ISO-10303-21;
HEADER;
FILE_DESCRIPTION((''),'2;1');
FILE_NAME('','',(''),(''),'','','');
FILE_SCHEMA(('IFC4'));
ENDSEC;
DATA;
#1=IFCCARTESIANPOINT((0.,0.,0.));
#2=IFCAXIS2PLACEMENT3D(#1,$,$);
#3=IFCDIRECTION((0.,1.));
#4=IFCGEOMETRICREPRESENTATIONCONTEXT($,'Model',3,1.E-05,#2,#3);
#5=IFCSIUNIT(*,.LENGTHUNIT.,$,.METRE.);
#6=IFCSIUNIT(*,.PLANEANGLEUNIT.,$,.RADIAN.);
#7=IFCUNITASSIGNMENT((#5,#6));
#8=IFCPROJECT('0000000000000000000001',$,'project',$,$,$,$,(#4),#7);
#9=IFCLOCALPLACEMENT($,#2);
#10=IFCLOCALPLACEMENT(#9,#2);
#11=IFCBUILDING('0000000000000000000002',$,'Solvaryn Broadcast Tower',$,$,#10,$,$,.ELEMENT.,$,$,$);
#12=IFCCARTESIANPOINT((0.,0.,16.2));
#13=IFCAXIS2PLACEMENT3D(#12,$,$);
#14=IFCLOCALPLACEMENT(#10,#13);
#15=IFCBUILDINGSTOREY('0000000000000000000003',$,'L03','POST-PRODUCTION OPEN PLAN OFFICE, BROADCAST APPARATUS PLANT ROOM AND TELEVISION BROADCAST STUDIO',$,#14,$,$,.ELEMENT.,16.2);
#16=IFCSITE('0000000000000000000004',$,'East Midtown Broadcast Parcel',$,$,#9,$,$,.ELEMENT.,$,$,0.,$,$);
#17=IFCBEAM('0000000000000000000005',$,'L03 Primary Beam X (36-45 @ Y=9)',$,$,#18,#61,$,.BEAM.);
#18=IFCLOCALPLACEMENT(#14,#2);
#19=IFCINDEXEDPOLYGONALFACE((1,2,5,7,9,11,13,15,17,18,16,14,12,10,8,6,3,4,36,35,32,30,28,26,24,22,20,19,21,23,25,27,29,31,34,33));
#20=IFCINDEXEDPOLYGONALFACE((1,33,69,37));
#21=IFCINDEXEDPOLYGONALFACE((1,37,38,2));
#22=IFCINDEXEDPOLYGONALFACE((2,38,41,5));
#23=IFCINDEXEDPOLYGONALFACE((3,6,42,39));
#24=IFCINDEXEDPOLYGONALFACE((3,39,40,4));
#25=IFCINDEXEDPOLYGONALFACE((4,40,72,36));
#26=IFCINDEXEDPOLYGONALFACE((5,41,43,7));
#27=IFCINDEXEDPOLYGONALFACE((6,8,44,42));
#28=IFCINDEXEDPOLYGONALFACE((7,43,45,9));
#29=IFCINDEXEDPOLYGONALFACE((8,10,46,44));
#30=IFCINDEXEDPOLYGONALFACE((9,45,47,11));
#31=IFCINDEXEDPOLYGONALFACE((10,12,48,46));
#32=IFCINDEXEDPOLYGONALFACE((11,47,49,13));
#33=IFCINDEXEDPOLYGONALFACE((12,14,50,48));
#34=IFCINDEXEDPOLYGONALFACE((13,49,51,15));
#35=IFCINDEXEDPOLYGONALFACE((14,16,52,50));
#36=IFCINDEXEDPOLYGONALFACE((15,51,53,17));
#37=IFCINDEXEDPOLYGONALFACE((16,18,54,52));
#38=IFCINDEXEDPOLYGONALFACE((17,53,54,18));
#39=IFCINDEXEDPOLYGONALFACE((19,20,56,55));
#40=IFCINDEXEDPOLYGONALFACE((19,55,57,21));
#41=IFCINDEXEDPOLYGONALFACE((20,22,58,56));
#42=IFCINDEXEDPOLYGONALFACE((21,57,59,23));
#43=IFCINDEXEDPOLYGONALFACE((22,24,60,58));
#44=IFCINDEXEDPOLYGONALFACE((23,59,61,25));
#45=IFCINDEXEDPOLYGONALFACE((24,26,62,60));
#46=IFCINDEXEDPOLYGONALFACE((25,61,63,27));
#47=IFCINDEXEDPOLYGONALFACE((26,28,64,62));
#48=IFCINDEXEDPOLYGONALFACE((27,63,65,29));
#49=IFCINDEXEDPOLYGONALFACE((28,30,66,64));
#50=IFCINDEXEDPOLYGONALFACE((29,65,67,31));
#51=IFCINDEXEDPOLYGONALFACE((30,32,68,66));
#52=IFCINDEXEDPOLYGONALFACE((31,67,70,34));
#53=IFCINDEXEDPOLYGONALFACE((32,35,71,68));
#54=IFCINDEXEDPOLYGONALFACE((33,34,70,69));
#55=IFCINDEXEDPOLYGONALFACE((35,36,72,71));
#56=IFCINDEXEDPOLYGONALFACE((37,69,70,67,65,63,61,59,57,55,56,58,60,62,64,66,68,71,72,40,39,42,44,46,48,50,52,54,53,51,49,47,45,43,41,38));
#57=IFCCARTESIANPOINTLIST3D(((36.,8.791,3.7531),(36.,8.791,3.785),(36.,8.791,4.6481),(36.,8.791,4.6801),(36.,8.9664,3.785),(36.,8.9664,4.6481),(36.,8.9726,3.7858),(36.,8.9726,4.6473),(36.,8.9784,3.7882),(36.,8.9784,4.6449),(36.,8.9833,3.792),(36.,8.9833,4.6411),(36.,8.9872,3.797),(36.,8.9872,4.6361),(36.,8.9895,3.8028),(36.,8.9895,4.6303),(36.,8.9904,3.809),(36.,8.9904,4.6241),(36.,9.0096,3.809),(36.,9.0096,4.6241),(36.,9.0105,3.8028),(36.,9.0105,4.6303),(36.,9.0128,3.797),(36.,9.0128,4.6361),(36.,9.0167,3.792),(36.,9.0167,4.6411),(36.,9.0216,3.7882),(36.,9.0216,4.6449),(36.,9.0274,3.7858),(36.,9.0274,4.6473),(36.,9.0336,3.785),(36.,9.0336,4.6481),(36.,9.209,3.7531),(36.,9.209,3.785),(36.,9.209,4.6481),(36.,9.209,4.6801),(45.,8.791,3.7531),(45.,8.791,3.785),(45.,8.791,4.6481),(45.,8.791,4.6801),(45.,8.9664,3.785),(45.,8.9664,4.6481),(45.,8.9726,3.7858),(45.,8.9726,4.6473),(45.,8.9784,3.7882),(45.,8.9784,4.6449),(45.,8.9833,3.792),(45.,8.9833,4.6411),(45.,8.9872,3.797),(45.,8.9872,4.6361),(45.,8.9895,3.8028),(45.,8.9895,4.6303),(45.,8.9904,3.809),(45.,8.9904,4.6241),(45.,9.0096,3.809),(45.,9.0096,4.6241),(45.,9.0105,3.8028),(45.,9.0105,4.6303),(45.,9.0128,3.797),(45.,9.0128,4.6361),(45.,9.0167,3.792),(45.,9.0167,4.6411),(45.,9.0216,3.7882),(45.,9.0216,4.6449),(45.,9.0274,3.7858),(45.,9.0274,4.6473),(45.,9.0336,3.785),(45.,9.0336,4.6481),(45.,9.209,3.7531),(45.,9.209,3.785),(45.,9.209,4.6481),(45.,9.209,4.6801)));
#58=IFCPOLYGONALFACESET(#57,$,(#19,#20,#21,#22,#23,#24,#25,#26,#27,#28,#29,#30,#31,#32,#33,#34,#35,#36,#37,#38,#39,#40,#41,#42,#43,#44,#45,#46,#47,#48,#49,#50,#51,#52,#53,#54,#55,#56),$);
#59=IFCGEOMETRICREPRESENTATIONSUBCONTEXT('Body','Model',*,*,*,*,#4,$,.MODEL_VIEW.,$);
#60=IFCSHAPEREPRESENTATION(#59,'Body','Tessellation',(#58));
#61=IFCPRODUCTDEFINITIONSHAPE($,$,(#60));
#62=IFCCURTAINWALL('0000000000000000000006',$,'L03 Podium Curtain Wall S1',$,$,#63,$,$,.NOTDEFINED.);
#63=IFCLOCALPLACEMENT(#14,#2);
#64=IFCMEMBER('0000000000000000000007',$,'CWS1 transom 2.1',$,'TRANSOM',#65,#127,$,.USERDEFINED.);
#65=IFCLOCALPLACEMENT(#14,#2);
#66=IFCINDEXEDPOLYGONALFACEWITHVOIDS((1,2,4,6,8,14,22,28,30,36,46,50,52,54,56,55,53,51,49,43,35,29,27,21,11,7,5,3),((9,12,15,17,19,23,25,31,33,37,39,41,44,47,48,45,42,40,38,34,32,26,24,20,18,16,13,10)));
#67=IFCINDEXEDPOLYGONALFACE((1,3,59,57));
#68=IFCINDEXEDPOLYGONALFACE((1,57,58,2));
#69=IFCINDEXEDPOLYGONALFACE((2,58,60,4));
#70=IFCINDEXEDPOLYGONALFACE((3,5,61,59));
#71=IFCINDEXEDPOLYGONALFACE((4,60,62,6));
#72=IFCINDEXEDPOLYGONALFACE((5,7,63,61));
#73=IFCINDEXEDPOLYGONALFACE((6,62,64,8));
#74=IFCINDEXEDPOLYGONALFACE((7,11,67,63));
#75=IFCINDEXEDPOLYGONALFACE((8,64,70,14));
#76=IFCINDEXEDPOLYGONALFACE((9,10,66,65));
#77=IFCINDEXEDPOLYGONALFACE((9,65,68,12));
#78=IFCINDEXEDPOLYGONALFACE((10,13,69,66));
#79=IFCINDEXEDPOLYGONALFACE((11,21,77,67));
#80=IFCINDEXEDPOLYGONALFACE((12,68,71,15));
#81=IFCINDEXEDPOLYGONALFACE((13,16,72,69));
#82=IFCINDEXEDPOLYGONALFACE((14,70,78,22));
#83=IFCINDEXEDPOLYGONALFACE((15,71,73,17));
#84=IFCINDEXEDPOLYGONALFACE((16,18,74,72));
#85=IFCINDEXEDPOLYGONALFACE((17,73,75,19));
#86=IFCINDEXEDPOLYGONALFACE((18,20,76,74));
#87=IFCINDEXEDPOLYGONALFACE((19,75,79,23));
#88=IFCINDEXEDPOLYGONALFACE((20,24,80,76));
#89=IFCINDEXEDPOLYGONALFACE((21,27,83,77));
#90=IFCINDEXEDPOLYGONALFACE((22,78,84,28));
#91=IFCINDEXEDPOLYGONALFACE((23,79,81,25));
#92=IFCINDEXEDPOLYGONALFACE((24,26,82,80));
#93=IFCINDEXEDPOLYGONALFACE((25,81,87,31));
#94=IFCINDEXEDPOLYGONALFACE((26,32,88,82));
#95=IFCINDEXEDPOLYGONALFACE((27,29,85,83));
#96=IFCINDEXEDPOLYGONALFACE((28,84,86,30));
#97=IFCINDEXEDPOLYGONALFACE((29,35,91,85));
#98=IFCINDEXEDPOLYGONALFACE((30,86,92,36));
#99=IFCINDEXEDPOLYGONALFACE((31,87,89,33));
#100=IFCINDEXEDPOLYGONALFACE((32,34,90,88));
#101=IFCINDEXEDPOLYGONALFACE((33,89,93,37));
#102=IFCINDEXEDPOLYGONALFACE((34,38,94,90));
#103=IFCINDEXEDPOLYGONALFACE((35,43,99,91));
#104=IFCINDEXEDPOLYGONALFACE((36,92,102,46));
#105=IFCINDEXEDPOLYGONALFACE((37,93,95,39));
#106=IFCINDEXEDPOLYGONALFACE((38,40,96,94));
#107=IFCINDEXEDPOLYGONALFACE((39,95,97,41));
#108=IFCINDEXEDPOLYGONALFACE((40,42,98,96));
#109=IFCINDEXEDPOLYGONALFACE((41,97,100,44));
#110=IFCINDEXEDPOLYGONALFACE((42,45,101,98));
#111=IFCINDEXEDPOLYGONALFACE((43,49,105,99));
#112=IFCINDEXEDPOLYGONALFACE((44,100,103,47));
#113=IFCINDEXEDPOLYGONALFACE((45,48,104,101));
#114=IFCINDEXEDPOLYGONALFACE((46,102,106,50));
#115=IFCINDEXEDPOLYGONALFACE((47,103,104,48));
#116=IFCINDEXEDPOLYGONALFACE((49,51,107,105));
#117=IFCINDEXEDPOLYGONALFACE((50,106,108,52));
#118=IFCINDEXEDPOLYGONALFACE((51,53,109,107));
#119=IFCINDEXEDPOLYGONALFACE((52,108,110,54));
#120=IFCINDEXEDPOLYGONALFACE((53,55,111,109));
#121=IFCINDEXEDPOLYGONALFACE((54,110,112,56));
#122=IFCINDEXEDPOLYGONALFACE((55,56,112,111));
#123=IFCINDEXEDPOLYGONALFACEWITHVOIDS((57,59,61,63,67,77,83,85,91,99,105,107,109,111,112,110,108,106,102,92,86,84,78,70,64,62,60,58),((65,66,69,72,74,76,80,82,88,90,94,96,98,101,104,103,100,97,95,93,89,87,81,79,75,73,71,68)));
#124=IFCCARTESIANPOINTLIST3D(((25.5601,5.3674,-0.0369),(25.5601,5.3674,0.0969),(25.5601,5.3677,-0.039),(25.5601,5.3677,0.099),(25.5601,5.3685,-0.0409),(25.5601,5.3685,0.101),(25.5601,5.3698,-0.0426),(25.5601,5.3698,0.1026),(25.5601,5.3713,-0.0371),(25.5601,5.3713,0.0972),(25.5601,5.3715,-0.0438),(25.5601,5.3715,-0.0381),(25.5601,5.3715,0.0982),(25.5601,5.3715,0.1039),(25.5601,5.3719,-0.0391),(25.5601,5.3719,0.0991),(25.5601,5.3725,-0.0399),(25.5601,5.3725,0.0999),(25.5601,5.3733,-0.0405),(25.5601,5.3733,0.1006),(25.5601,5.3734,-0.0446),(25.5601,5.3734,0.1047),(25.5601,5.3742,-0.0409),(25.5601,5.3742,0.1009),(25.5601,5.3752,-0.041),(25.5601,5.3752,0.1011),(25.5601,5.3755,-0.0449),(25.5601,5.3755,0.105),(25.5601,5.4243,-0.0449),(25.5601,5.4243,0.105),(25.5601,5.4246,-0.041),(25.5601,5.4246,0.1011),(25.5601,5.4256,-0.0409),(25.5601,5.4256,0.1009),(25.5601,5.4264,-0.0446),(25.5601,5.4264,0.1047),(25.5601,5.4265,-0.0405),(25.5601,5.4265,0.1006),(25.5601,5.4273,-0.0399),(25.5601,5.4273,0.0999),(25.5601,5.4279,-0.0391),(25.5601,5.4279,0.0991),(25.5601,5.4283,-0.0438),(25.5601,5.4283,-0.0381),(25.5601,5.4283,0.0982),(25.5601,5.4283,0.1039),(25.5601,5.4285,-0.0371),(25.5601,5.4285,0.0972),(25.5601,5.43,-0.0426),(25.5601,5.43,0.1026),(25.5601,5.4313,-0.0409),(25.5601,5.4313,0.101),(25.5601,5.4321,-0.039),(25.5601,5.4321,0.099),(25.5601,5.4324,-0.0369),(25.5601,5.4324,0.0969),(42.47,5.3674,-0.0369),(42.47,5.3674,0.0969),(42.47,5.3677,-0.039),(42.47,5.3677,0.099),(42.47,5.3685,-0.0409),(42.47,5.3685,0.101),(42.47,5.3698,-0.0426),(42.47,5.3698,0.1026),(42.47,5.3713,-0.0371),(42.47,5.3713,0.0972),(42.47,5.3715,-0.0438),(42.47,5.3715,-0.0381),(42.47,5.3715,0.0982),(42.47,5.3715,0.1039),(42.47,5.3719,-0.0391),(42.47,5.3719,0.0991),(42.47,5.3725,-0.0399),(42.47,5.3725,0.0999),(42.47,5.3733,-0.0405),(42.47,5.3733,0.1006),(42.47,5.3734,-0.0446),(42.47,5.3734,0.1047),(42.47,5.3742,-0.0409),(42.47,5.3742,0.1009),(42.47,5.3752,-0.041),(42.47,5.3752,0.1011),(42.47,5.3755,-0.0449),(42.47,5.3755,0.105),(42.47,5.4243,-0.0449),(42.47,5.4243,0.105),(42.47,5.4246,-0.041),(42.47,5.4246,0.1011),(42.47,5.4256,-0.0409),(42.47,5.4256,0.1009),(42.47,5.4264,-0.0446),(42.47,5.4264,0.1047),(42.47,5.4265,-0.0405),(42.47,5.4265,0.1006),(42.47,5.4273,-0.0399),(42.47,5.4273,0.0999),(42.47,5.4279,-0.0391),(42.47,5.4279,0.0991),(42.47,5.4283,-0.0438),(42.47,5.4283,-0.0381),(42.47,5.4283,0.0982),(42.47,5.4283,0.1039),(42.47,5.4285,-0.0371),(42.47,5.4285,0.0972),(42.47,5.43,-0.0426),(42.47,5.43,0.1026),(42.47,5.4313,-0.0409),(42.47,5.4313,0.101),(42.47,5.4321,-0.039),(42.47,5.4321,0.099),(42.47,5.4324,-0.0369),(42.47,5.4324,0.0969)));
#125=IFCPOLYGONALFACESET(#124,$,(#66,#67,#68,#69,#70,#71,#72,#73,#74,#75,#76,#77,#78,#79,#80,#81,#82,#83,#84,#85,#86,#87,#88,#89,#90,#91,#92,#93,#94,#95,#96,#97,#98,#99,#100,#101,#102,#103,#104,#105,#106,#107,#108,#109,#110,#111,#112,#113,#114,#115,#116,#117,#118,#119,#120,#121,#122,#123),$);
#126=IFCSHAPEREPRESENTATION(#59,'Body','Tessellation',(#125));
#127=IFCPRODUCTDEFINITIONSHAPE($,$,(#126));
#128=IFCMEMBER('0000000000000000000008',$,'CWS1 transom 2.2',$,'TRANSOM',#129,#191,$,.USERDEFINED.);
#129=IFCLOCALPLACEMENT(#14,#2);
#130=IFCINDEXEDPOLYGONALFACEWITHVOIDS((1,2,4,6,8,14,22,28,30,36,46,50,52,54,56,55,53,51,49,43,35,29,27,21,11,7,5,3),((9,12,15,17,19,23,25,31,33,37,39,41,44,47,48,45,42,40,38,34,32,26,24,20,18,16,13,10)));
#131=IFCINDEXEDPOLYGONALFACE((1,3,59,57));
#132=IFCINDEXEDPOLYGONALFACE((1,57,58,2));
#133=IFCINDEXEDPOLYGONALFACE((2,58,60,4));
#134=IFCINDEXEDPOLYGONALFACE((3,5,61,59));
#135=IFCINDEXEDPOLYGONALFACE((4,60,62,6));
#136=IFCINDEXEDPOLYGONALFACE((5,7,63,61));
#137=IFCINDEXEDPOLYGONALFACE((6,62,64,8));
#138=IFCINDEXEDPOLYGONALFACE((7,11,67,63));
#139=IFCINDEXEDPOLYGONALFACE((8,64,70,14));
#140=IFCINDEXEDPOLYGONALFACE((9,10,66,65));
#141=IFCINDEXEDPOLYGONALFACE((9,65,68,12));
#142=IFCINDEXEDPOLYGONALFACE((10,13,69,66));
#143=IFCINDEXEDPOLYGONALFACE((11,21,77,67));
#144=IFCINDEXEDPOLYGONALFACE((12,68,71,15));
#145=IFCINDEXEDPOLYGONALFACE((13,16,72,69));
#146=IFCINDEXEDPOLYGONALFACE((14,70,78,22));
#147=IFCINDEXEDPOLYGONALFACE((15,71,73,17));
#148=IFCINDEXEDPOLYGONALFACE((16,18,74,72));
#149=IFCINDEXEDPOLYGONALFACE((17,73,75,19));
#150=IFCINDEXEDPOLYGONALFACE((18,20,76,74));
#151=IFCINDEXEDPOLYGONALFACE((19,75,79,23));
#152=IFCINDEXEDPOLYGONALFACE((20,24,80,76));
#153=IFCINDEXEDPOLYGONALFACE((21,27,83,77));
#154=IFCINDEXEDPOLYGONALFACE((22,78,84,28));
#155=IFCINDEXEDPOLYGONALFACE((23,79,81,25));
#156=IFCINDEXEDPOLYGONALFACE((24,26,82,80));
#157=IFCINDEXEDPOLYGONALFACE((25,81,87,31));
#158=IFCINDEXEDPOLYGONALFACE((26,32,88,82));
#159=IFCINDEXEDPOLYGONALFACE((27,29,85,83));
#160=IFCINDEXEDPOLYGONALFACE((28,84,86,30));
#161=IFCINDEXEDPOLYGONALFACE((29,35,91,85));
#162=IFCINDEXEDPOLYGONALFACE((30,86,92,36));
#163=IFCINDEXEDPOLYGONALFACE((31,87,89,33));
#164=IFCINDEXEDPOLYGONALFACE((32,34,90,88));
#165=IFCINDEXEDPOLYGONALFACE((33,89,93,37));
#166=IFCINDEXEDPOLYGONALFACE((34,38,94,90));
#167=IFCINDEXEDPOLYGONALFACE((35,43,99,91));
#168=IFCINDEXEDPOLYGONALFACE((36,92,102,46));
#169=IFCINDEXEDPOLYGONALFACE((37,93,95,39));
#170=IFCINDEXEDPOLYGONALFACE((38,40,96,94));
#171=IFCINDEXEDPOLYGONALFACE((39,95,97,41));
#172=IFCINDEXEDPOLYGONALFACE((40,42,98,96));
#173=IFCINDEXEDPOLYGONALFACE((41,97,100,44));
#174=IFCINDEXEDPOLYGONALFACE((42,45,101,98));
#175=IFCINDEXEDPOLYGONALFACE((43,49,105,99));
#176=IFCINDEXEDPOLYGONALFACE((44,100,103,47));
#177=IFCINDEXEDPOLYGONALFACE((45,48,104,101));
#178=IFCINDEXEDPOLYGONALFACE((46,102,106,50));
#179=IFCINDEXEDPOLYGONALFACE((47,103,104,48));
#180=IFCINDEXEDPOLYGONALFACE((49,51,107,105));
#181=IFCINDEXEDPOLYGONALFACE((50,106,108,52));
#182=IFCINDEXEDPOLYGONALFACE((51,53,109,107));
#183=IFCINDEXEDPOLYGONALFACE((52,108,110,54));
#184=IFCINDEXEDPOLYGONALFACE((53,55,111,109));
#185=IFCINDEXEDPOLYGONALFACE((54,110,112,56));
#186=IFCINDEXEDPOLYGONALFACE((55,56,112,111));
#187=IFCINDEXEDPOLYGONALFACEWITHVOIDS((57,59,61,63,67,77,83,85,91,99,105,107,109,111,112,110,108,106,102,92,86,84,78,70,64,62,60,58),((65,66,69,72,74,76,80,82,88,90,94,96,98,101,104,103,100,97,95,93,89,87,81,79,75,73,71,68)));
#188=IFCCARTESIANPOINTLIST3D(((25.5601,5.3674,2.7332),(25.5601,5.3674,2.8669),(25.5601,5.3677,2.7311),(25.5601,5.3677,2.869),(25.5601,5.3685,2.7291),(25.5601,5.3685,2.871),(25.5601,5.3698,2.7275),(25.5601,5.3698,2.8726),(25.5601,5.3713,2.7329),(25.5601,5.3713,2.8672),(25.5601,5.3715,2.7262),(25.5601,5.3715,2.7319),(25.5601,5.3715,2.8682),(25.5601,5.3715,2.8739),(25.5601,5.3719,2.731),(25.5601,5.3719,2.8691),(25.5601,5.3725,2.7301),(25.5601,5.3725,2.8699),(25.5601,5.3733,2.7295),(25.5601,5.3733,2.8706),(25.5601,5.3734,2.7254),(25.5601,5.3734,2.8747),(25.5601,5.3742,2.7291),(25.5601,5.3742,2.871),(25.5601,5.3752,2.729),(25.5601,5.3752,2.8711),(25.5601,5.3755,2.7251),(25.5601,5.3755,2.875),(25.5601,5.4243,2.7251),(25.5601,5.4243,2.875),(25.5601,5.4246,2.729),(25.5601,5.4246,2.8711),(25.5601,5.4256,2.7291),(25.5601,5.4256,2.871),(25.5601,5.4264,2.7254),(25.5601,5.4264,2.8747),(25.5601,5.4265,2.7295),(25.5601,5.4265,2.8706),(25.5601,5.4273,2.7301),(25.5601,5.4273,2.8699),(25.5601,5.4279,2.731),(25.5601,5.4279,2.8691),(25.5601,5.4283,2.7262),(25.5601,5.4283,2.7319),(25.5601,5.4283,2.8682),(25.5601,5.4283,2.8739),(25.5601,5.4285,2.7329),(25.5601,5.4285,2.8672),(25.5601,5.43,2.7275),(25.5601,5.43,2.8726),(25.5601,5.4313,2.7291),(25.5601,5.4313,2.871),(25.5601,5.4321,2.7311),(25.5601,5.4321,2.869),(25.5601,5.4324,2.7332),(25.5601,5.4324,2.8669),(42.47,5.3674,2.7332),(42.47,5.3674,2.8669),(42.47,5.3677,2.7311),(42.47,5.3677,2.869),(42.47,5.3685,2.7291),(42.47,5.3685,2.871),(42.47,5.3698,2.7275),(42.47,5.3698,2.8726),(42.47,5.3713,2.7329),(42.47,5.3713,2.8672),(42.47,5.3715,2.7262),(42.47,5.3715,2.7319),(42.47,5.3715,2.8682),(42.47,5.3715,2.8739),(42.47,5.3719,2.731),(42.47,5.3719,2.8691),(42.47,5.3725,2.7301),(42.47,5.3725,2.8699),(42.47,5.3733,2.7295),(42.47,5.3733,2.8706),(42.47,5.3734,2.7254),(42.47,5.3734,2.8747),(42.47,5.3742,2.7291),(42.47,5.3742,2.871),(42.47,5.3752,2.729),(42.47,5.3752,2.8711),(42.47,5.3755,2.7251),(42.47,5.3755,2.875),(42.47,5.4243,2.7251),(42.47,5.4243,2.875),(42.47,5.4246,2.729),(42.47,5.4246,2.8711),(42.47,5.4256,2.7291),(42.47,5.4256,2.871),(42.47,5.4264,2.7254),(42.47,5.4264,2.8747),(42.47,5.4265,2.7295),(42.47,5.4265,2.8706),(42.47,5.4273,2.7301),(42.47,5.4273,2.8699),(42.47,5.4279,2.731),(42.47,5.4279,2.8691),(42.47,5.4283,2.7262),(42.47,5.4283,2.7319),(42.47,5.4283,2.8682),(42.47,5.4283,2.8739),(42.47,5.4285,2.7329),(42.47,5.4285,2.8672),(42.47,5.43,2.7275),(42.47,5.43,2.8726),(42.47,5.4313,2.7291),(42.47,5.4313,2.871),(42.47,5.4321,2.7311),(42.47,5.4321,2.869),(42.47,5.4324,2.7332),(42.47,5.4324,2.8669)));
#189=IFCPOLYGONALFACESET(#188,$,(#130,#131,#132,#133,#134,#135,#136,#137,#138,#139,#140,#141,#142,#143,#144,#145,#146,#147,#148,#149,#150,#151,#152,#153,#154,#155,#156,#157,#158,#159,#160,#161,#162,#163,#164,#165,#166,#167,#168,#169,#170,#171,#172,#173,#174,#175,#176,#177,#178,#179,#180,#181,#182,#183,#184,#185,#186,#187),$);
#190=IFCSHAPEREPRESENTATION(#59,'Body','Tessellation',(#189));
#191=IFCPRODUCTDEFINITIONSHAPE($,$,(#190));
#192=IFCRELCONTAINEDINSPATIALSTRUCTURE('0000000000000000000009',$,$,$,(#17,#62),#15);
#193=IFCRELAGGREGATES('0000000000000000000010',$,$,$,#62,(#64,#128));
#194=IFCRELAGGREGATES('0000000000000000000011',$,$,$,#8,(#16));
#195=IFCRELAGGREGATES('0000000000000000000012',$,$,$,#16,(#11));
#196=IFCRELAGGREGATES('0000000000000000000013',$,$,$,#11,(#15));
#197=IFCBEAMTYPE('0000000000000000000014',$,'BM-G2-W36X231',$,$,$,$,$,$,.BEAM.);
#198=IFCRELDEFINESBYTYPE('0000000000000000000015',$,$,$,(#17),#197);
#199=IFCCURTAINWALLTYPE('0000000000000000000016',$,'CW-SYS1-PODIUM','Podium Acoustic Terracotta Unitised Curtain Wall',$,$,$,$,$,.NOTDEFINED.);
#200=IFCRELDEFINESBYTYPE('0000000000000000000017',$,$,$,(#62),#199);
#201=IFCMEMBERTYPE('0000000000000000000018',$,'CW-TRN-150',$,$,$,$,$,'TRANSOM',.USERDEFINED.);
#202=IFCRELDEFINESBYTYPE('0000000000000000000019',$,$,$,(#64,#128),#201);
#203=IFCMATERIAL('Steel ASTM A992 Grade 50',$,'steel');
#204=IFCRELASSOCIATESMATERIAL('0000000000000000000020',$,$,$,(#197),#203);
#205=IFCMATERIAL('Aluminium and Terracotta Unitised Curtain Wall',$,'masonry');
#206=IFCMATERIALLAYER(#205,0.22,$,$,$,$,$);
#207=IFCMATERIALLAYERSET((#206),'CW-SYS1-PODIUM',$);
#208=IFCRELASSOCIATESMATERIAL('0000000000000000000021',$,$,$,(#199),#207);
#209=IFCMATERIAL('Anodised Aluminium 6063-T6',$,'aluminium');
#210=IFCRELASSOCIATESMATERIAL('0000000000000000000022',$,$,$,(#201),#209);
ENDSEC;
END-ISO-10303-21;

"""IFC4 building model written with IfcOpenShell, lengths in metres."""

from ifc_helpers import new_model, si_unit, direction, frame, origin, origin_2d, place, context, subcontext, project, spatial, hollow_rectangle, i_section, extrude, material, layer, layer_set, material_profile, profile_set, type_object, element, aggregate, save


model = new_model("IFC4")

# Units and contexts
model_context = context("Model", 3, precision=1e-05, world=origin(), true_north=direction((0.0, 1.0)))
body_context = subcontext(model_context, "Body", "Model", "MODEL_VIEW")
ifc_project = project(units=[si_unit("LENGTHUNIT", "METRE"), si_unit("PLANEANGLEUNIT", "RADIAN")], contexts=[model_context])

# Site, building, storey
site_placement = place(None, origin())
site = spatial("IfcSite", under=ifc_project, at=site_placement, Name="East Midtown Broadcast Parcel", CompositionType="ELEMENT", RefElevation=0.0)
building_placement = place(site_placement, origin())
building = spatial("IfcBuilding", under=site, at=building_placement, Name="Solvaryn Broadcast Tower", CompositionType="ELEMENT")
storey_placement = place(building_placement, frame((0.0, 0.0, 16.2)))
storey = spatial("IfcBuildingStorey", under=building, at=storey_placement, Name="L03", Description="POST-PRODUCTION OPEN PLAN OFFICE, BROADCAST APPARATUS PLANT ROOM AND TELEVISION BROADCAST STUDIO", CompositionType="ELEMENT", Elevation=16.2)

# Beam
ifc_material_1 = material(Name="Steel ASTM A992 Grade 50", Category="steel")
ifc_material_profile_1 = material_profile(ifc_material_1, i_section(OverallWidth=0.418, OverallDepth=0.927, WebThickness=0.0193, FlangeThickness=0.032, FilletRadius=0.0239, at=origin_2d()))
ifc_profile_set_1 = profile_set([ifc_material_profile_1], Name="Steel ASTM A992 Grade 50")
beam_type_1 = type_object("IfcBeamType", Name="BM-G2-W36X231", PredefinedType="BEAM", material=ifc_profile_set_1)
beam_1_placement = place(storey_placement, frame((36.0, 9.0, 4.2166), z_axis=(1.0, 0.0, 0.0), x_axis=(0.0, 1.0, 0.0)))
element("IfcBeam", 1, at=beam_1_placement, inside=storey, type_object=beam_type_1, Name="L03 Primary Beam X (36-45 @ Y=9)", PredefinedType="BEAM", context=body_context, shape_type="SweptSolid", body=[
    extrude(i_section(OverallWidth=0.418, OverallDepth=0.927, WebThickness=0.0193, FlangeThickness=0.032, FilletRadius=0.0239, at=origin_2d()), origin(), (0.0, 0.0, 1.0), 9.0),
])

# Curtain wall, members
ifc_material_2 = material(Name="Aluminium and Terracotta Unitised Curtain Wall", Category="masonry")
ifc_layer_1 = layer(ifc_material_2, 0.22)
ifc_layer_set_1 = layer_set([ifc_layer_1], Name="CW-SYS1-PODIUM")
curtain_wall_type = type_object("IfcCurtainWallType", Name="CW-SYS1-PODIUM", Description="Podium Acoustic Terracotta Unitised Curtain Wall", PredefinedType="NOTDEFINED", material=ifc_layer_set_1)
curtain_wall_placement = place(storey_placement, origin())
curtain_wall = element("IfcCurtainWall", 2, at=curtain_wall_placement, inside=storey, type_object=curtain_wall_type, Name="L03 Podium Curtain Wall S1", PredefinedType="NOTDEFINED")
ifc_material_3 = material(Name="Anodised Aluminium 6063-T6", Category="aluminium")
ifc_material_profile_2 = material_profile(ifc_material_3, hollow_rectangle(XDim=0.0649, YDim=0.1499, WallThickness=0.0039, InnerFilletRadius=0.0039, OuterFilletRadius=0.0081, at=origin_2d()))
ifc_profile_set_2 = profile_set([ifc_material_profile_2], Name="Anodised Aluminium 6063-T6")
member_type = type_object("IfcMemberType", Name="CW-TRN-150", ElementType="TRANSOM", PredefinedType="USERDEFINED", material=ifc_profile_set_2)
member_1_placement = place(storey_placement, frame((42.47, 5.3999, 0.03), z_axis=(-1.0, 0.0, 0.0), x_axis=(0.0, -1.0, 0.0)))
member_1 = element("IfcMember", 3, at=member_1_placement, type_object=member_type, Name="CWS1 transom 2.1", ObjectType="TRANSOM", PredefinedType="USERDEFINED", context=body_context, shape_type="SweptSolid", body=[
    extrude(hollow_rectangle(XDim=0.0649, YDim=0.1499, WallThickness=0.0039, InnerFilletRadius=0.0039, OuterFilletRadius=0.0081, at=origin_2d()), origin(), (0.0, 0.0, 1.0), 16.9099),
])
member_2_placement = place(storey_placement, frame((42.47, 5.3999, 2.8), z_axis=(-1.0, 0.0, 0.0), x_axis=(0.0, -1.0, 0.0)))
member_2 = element("IfcMember", 4, at=member_2_placement, type_object=member_type, Name="CWS1 transom 2.2", ObjectType="TRANSOM", PredefinedType="USERDEFINED", context=body_context, shape_type="SweptSolid", body=[
    extrude(hollow_rectangle(XDim=0.0649, YDim=0.1499, WallThickness=0.0039, InnerFilletRadius=0.0039, OuterFilletRadius=0.0081, at=origin_2d()), origin(), (0.0, 0.0, 1.0), 16.9099),
])
aggregate(curtain_wall, [member_1, member_2])

save(model, "model.ifc")
